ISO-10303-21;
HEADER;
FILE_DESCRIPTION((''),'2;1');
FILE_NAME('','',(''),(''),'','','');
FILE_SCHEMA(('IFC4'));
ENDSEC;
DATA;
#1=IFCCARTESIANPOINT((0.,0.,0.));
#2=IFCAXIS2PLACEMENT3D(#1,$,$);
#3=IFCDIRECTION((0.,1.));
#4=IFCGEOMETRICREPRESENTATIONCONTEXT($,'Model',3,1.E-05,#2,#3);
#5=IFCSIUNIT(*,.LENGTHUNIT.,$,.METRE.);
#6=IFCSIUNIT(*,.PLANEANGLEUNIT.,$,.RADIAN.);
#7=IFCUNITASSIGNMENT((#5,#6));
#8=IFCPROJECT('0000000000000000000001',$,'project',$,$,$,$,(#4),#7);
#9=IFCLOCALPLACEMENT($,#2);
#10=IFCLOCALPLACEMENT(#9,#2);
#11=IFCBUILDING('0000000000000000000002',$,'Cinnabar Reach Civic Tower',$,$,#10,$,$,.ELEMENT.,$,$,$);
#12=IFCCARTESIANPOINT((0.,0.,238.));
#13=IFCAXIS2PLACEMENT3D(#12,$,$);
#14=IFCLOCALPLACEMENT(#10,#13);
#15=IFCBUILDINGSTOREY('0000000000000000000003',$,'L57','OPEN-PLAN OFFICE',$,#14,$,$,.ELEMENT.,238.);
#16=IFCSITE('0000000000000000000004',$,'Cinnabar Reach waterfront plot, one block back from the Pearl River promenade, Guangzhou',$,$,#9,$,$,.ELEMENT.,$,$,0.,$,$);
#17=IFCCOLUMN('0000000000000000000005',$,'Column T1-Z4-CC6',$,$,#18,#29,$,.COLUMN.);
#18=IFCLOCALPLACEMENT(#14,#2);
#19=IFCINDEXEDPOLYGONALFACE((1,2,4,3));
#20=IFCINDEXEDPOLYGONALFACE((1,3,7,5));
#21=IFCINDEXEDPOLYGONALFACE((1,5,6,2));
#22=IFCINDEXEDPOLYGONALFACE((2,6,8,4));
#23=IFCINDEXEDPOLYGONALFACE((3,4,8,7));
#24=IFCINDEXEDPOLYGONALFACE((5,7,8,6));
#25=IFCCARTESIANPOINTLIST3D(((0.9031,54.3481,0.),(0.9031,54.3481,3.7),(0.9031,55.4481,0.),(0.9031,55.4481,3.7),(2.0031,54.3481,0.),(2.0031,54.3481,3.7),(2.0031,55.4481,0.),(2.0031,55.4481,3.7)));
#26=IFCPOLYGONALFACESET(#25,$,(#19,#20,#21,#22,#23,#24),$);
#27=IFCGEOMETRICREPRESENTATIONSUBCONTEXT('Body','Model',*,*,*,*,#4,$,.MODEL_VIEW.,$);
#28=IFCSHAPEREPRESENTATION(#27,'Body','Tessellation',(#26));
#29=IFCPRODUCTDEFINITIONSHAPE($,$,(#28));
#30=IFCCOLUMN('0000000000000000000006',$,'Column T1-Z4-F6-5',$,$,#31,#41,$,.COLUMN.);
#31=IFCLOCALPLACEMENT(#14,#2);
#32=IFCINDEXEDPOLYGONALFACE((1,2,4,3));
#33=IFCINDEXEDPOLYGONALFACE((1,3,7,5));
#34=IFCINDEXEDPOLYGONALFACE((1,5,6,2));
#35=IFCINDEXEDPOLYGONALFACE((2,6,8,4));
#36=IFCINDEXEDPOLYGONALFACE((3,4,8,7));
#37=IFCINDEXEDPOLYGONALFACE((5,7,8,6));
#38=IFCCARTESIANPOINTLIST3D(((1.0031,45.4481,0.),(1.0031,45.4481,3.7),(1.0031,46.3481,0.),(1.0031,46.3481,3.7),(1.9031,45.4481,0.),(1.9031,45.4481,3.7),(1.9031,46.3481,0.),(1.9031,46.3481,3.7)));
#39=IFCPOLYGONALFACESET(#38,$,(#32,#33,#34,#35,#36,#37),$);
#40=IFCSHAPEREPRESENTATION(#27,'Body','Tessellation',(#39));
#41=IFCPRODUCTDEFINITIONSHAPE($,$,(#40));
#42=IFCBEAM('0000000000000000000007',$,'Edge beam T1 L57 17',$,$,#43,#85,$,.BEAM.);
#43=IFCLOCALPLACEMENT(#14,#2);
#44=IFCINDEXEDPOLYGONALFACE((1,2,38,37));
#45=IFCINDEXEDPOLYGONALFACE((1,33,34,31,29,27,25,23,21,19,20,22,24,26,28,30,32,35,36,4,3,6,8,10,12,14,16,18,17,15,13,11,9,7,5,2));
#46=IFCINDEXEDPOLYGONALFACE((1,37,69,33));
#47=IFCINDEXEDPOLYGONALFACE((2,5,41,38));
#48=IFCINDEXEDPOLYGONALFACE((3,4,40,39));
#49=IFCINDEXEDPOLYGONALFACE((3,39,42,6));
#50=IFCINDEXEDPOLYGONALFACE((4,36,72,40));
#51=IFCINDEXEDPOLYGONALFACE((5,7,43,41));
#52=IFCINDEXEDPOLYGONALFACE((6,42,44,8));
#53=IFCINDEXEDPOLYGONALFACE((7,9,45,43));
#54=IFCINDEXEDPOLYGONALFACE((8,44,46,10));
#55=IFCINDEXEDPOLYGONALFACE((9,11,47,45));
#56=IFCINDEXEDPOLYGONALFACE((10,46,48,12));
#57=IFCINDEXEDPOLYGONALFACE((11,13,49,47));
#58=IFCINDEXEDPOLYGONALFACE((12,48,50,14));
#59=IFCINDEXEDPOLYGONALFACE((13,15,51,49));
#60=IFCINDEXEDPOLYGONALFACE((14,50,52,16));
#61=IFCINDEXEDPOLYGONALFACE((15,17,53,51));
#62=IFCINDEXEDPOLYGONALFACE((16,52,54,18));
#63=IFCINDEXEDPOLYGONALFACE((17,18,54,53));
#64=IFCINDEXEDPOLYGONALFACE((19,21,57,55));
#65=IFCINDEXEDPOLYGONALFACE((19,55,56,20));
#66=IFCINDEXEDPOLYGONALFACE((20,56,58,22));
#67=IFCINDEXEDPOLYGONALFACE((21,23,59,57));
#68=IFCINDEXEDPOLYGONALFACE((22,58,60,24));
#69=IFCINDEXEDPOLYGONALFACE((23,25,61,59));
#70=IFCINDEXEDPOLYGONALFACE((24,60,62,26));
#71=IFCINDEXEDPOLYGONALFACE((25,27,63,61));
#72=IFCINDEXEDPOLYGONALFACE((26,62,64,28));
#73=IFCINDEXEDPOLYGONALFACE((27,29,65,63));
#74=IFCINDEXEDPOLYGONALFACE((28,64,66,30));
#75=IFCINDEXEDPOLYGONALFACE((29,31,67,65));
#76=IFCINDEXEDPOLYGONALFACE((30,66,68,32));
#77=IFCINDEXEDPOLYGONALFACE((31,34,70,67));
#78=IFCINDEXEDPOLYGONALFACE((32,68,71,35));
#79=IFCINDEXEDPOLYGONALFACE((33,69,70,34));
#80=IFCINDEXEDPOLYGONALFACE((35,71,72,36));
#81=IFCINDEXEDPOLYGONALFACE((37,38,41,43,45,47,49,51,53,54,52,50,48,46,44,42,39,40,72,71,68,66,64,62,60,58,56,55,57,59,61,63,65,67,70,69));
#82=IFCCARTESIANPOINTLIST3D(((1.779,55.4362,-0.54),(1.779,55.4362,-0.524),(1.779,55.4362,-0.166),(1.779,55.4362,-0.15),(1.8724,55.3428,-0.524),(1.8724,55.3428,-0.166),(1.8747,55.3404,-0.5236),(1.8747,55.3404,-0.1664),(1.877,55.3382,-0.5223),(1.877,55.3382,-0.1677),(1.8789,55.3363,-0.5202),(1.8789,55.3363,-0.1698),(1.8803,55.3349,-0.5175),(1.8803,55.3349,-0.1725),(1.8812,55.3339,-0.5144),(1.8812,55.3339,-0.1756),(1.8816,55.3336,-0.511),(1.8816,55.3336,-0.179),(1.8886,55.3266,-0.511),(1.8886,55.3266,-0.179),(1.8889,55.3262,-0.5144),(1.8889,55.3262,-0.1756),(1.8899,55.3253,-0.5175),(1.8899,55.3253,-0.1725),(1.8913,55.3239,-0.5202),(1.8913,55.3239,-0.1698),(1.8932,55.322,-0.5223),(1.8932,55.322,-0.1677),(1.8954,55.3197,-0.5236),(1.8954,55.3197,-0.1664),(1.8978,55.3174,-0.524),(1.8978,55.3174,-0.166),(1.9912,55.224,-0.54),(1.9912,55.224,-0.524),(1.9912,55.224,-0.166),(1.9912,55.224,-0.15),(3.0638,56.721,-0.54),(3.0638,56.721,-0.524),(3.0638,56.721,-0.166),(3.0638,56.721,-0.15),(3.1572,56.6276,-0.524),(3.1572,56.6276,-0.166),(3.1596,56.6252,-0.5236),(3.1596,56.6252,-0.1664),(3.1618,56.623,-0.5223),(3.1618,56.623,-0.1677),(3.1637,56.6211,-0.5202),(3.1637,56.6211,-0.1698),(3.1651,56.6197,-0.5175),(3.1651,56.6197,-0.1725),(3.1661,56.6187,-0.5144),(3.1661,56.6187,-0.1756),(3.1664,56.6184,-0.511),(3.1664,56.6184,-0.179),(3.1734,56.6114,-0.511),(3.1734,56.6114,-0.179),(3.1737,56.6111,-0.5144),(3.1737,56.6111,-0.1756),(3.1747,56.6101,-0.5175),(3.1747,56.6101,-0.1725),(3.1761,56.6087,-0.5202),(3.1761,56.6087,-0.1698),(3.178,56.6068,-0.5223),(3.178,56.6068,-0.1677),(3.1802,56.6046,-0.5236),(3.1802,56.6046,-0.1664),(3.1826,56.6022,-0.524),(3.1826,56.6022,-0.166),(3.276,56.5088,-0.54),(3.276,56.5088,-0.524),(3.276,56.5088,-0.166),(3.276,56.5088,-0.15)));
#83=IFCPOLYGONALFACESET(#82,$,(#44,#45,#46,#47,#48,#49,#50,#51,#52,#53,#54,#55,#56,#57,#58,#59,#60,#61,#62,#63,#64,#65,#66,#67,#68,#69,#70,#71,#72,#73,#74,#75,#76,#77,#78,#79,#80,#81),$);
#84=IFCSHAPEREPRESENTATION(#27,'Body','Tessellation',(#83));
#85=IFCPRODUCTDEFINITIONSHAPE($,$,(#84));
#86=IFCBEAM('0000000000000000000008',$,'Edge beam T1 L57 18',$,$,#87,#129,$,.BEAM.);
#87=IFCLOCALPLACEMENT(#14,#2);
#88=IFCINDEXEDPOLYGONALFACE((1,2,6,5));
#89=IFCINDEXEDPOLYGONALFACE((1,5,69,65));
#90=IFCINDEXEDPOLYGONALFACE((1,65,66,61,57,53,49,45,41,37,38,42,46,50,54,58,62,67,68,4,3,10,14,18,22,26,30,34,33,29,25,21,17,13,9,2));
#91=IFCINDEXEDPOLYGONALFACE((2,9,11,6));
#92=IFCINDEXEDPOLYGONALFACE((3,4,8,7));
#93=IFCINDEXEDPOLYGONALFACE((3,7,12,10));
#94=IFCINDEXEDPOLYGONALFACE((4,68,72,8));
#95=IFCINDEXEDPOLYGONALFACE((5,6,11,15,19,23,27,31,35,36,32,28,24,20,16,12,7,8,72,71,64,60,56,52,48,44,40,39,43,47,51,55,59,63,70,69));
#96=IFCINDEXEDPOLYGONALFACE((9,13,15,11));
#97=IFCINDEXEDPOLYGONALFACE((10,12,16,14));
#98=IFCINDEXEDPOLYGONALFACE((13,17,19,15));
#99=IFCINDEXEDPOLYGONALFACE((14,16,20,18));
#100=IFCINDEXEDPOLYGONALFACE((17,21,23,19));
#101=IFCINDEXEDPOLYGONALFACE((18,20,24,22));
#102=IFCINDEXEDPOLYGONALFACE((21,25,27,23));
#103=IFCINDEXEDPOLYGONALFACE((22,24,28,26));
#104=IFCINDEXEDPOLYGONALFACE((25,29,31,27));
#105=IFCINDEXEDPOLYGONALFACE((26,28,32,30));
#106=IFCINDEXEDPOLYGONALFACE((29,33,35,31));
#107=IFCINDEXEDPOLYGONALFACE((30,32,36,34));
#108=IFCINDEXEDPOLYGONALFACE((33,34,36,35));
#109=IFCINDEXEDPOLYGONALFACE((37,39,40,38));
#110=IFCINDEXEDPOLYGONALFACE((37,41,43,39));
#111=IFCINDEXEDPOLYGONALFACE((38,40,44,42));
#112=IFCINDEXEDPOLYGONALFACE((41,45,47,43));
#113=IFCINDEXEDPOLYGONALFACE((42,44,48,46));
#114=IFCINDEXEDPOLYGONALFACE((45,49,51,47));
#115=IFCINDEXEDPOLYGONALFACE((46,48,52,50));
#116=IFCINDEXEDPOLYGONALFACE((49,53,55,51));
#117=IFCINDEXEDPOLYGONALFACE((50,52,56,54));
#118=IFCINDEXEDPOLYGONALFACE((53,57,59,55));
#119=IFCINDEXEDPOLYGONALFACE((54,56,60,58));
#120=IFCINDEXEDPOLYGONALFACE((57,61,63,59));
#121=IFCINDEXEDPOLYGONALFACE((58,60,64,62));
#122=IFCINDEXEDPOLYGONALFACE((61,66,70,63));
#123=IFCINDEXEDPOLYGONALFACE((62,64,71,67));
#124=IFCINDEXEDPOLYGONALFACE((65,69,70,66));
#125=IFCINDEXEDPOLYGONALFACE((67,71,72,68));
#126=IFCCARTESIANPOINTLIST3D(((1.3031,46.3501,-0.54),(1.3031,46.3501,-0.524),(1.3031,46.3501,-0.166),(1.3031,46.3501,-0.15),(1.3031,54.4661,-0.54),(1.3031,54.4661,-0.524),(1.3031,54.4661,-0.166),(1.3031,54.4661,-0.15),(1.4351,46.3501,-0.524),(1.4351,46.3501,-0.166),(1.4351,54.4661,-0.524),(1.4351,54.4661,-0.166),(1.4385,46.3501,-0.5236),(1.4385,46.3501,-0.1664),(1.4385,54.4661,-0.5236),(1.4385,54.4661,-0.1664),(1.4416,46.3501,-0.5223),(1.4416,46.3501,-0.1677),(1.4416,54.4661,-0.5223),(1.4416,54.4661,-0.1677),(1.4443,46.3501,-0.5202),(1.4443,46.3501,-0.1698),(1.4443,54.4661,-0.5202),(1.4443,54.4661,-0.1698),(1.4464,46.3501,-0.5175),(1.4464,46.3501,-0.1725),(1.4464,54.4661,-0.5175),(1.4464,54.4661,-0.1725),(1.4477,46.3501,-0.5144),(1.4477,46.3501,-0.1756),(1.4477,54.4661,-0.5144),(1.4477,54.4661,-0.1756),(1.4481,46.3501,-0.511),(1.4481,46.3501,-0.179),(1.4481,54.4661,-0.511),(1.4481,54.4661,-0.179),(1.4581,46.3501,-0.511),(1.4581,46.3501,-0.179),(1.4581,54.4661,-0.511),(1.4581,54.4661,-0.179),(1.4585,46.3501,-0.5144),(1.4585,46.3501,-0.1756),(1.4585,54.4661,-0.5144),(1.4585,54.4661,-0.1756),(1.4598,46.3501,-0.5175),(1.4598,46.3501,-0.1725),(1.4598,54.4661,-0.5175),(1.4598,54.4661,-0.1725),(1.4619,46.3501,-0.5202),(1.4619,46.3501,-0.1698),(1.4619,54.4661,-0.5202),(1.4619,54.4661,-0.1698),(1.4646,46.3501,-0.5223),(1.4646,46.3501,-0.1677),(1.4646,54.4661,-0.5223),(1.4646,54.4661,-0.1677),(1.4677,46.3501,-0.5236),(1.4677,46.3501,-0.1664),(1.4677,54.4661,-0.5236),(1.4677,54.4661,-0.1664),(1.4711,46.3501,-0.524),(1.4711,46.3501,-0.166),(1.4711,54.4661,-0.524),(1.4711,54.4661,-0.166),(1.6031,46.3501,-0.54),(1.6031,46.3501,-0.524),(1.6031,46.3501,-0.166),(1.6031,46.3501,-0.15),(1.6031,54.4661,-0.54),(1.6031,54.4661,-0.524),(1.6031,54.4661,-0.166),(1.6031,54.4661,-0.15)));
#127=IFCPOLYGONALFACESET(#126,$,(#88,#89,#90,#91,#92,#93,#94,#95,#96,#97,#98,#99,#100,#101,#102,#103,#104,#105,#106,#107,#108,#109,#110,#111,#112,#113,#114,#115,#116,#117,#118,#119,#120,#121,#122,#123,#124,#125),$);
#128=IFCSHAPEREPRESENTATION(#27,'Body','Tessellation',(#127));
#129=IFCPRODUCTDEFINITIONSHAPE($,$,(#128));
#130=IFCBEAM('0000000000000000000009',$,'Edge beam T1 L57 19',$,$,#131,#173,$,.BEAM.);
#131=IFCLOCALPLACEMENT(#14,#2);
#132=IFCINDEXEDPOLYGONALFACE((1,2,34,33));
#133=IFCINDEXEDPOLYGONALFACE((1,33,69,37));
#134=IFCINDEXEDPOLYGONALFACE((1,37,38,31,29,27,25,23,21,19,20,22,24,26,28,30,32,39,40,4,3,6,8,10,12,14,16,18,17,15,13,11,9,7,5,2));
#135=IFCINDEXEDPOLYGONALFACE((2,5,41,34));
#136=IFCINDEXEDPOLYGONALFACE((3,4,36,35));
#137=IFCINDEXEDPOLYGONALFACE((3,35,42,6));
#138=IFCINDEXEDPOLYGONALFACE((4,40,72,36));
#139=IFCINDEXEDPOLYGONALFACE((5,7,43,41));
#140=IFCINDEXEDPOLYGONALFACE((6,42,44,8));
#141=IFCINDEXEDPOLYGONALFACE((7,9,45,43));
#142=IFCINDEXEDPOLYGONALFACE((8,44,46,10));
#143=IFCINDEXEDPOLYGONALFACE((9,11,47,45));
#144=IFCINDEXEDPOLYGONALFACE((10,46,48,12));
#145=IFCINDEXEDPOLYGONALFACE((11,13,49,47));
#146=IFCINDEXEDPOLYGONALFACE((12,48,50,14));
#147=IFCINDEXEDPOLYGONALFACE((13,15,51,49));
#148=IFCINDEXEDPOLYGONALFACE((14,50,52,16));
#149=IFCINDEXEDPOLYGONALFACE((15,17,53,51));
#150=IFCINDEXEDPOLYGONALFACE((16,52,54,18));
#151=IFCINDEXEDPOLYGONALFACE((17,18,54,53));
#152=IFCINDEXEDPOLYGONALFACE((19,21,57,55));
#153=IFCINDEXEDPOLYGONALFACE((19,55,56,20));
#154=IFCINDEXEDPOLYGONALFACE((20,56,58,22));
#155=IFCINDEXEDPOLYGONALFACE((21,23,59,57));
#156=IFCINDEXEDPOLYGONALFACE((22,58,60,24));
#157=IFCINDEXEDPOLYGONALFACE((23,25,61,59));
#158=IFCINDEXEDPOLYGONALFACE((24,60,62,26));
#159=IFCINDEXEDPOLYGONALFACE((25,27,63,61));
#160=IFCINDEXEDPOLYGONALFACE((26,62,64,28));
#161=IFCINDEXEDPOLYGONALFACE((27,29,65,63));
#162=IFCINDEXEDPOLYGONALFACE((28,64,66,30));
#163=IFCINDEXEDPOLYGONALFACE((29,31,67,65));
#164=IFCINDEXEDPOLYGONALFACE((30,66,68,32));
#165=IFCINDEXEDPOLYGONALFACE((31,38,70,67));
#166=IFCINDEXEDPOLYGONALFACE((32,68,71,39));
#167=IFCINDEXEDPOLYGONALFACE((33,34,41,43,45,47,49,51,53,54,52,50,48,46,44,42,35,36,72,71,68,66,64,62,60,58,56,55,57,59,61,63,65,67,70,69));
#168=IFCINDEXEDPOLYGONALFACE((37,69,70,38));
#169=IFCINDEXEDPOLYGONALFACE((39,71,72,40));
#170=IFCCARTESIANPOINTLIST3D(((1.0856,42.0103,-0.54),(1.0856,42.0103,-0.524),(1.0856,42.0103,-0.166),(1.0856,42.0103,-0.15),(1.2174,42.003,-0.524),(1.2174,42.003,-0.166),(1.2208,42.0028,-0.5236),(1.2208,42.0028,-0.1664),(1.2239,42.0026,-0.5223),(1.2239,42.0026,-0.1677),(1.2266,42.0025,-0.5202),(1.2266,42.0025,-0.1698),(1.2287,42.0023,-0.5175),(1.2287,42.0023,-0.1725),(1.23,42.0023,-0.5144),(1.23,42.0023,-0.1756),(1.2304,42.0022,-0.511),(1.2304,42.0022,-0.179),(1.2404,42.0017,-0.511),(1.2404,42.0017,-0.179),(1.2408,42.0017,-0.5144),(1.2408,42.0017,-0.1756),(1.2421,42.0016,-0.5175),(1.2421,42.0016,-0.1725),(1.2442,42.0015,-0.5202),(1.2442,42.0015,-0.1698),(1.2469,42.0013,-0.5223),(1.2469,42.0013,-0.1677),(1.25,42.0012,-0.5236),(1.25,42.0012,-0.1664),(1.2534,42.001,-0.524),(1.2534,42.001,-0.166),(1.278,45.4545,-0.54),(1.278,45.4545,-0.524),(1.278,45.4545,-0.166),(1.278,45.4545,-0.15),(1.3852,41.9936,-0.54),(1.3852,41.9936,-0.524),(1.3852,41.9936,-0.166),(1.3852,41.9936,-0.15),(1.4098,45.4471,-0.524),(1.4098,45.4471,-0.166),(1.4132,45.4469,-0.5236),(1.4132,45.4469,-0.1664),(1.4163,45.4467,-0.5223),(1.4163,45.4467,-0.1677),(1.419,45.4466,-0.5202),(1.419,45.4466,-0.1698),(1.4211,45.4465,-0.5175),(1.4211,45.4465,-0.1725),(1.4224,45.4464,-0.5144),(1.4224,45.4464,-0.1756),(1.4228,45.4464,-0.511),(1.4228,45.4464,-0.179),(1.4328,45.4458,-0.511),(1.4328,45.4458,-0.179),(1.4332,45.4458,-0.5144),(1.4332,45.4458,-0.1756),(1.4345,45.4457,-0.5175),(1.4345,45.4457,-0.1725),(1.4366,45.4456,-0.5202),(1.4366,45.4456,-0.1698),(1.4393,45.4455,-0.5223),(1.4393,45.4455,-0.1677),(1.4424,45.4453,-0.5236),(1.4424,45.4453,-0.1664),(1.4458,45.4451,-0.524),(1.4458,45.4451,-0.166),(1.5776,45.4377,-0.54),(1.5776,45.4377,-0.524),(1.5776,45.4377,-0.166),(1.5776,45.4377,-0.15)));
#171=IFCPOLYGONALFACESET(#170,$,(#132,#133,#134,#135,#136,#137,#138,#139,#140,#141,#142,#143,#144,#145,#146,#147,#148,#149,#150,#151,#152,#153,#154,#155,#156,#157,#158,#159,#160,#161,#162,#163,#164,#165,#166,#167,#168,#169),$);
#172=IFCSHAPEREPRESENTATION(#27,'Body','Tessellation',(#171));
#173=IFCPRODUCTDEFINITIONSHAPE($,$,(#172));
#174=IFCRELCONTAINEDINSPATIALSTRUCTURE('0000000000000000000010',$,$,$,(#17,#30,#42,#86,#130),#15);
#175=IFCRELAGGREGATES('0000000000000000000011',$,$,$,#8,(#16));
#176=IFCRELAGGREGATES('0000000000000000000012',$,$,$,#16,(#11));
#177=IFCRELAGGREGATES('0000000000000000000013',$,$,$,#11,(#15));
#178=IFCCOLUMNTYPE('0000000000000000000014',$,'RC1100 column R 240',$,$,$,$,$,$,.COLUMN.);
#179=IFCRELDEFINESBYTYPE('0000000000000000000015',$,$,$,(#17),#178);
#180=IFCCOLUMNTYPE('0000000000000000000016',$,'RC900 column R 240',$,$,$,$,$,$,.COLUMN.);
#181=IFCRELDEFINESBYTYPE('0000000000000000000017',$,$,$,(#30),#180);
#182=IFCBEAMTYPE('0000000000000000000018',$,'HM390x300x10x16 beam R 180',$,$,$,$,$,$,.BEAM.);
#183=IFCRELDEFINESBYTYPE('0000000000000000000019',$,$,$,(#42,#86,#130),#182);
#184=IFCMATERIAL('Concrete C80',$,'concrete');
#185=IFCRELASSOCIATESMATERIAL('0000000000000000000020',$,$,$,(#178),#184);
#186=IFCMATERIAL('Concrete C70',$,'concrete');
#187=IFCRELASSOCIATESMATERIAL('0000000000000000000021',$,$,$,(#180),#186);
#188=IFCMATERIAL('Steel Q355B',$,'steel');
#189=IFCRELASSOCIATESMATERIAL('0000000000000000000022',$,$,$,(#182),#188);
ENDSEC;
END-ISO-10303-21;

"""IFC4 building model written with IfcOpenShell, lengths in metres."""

from ifc_helpers import new_model, si_unit, direction, frame, origin, origin_2d, place, context, subcontext, project, spatial, rectangle, i_section, extrude, material, material_profile, profile_set, type_object, element, save


model = new_model("IFC4")

# Units and contexts
model_context = context("Model", 3, precision=1e-05, world=origin(), true_north=direction((0.0, 1.0)))
body_context = subcontext(model_context, "Body", "Model", "MODEL_VIEW")
ifc_project = project(units=[si_unit("LENGTHUNIT", "METRE"), si_unit("PLANEANGLEUNIT", "RADIAN")], contexts=[model_context])

# Site, building, storey
site_placement = place(None, origin())
site = spatial("IfcSite", under=ifc_project, at=site_placement, Name="Cinnabar Reach waterfront plot, one block back from the Pearl River promenade, Guangzhou", CompositionType="ELEMENT", RefElevation=0.0)
building_placement = place(site_placement, origin())
building = spatial("IfcBuilding", under=site, at=building_placement, Name="Cinnabar Reach Civic Tower", CompositionType="ELEMENT")
storey_placement = place(building_placement, frame((0.0, 0.0, 238.0)))
storey = spatial("IfcBuildingStorey", under=building, at=storey_placement, Name="L57", Description="OPEN-PLAN OFFICE", CompositionType="ELEMENT", Elevation=238.0)

# Columns
ifc_material_1 = material(Name="Concrete C80", Category="concrete")
ifc_material_profile_1 = material_profile(ifc_material_1, rectangle(XDim=1.1, YDim=1.1, at=origin_2d()), Name="RC1100")
ifc_profile_set_1 = profile_set([ifc_material_profile_1], Name="Concrete C80")
column_type_1 = type_object("IfcColumnType", Name="RC1100 column R 240", PredefinedType="COLUMN", material=ifc_profile_set_1)
column_1_placement = place(storey_placement, frame((1.4531, 54.8981, 0.0), z_axis=(0.0, 0.0, 1.0), x_axis=(1.0, 0.0, 0.0)))
element("IfcColumn", 1, at=column_1_placement, inside=storey, type_object=column_type_1, Name="Column T1-Z4-CC6", PredefinedType="COLUMN", context=body_context, shape_type="SweptSolid", body=[
    extrude(rectangle(XDim=1.1, YDim=1.1, at=origin_2d()), origin(), (0.0, 0.0, 1.0), 3.7),
])
ifc_material_2 = material(Name="Concrete C70", Category="concrete")
ifc_material_profile_2 = material_profile(ifc_material_2, rectangle(XDim=0.9, YDim=0.9, at=origin_2d()), Name="RC900")
ifc_profile_set_2 = profile_set([ifc_material_profile_2], Name="Concrete C70")
column_type_2 = type_object("IfcColumnType", Name="RC900 column R 240", PredefinedType="COLUMN", material=ifc_profile_set_2)
column_2_placement = place(storey_placement, frame((1.4531, 45.8981, 0.0), z_axis=(0.0, 0.0, 1.0), x_axis=(1.0, 0.0, 0.0)))
element("IfcColumn", 2, at=column_2_placement, inside=storey, type_object=column_type_2, Name="Column T1-Z4-F6-5", PredefinedType="COLUMN", context=body_context, shape_type="SweptSolid", body=[
    extrude(rectangle(XDim=0.9, YDim=0.9, at=origin_2d()), origin(), (0.0, 0.0, 1.0), 3.7),
])

# Beams
ifc_material_3 = material(Name="Steel Q355B", Category="steel")
ifc_material_profile_3 = material_profile(ifc_material_3, i_section(OverallWidth=0.3, OverallDepth=0.39, WebThickness=0.01, FlangeThickness=0.016, FilletRadius=0.013, at=origin_2d()), Name="HM390x300x10x16")
ifc_profile_set_3 = profile_set([ifc_material_profile_3], Name="Steel Q355B")
beam_type_1 = type_object("IfcBeamType", Name="HM390x300x10x16 beam R 180", PredefinedType="BEAM", material=ifc_profile_set_3)
beam_1_placement = place(storey_placement, frame((3.1699, 56.6149, -0.345), z_axis=(-0.707107, -0.707107, 0.0), x_axis=(0.707107, -0.707107, 0.0)))
element("IfcBeam", 3, at=beam_1_placement, inside=storey, type_object=beam_type_1, Name="Edge beam T1 L57 17", PredefinedType="BEAM", context=body_context, shape_type="SweptSolid", body=[
    extrude(i_section(OverallWidth=0.3, OverallDepth=0.39, WebThickness=0.01, FlangeThickness=0.016, FilletRadius=0.013, at=origin_2d()), origin(), (0.0, 0.0, 1.0), 1.817),
])
beam_2_placement = place(storey_placement, frame((1.4531, 54.4661, -0.345), z_axis=(0.0, -1.0, 0.0), x_axis=(1.0, 0.0, 0.0)))
element("IfcBeam", 4, at=beam_2_placement, inside=storey, type_object=beam_type_1, Name="Edge beam T1 L57 18", PredefinedType="BEAM", context=body_context, shape_type="SweptSolid", body=[
    extrude(i_section(OverallWidth=0.3, OverallDepth=0.39, WebThickness=0.01, FlangeThickness=0.016, FilletRadius=0.013, at=origin_2d()), origin(), (0.0, 0.0, 1.0), 8.116),
])
beam_3_placement = place(storey_placement, frame((1.4278, 45.4461, -0.345), z_axis=(-0.055777, -0.998443, 0.0), x_axis=(0.998443, -0.055777, 0.0)))
element("IfcBeam", 5, at=beam_3_placement, inside=storey, type_object=beam_type_1, Name="Edge beam T1 L57 19", PredefinedType="BEAM", context=body_context, shape_type="SweptSolid", body=[
    extrude(i_section(OverallWidth=0.3, OverallDepth=0.39, WebThickness=0.01, FlangeThickness=0.016, FilletRadius=0.013, at=origin_2d()), origin(), (0.0, 0.0, 1.0), 3.4495),
])

save(model, "model.ifc")
